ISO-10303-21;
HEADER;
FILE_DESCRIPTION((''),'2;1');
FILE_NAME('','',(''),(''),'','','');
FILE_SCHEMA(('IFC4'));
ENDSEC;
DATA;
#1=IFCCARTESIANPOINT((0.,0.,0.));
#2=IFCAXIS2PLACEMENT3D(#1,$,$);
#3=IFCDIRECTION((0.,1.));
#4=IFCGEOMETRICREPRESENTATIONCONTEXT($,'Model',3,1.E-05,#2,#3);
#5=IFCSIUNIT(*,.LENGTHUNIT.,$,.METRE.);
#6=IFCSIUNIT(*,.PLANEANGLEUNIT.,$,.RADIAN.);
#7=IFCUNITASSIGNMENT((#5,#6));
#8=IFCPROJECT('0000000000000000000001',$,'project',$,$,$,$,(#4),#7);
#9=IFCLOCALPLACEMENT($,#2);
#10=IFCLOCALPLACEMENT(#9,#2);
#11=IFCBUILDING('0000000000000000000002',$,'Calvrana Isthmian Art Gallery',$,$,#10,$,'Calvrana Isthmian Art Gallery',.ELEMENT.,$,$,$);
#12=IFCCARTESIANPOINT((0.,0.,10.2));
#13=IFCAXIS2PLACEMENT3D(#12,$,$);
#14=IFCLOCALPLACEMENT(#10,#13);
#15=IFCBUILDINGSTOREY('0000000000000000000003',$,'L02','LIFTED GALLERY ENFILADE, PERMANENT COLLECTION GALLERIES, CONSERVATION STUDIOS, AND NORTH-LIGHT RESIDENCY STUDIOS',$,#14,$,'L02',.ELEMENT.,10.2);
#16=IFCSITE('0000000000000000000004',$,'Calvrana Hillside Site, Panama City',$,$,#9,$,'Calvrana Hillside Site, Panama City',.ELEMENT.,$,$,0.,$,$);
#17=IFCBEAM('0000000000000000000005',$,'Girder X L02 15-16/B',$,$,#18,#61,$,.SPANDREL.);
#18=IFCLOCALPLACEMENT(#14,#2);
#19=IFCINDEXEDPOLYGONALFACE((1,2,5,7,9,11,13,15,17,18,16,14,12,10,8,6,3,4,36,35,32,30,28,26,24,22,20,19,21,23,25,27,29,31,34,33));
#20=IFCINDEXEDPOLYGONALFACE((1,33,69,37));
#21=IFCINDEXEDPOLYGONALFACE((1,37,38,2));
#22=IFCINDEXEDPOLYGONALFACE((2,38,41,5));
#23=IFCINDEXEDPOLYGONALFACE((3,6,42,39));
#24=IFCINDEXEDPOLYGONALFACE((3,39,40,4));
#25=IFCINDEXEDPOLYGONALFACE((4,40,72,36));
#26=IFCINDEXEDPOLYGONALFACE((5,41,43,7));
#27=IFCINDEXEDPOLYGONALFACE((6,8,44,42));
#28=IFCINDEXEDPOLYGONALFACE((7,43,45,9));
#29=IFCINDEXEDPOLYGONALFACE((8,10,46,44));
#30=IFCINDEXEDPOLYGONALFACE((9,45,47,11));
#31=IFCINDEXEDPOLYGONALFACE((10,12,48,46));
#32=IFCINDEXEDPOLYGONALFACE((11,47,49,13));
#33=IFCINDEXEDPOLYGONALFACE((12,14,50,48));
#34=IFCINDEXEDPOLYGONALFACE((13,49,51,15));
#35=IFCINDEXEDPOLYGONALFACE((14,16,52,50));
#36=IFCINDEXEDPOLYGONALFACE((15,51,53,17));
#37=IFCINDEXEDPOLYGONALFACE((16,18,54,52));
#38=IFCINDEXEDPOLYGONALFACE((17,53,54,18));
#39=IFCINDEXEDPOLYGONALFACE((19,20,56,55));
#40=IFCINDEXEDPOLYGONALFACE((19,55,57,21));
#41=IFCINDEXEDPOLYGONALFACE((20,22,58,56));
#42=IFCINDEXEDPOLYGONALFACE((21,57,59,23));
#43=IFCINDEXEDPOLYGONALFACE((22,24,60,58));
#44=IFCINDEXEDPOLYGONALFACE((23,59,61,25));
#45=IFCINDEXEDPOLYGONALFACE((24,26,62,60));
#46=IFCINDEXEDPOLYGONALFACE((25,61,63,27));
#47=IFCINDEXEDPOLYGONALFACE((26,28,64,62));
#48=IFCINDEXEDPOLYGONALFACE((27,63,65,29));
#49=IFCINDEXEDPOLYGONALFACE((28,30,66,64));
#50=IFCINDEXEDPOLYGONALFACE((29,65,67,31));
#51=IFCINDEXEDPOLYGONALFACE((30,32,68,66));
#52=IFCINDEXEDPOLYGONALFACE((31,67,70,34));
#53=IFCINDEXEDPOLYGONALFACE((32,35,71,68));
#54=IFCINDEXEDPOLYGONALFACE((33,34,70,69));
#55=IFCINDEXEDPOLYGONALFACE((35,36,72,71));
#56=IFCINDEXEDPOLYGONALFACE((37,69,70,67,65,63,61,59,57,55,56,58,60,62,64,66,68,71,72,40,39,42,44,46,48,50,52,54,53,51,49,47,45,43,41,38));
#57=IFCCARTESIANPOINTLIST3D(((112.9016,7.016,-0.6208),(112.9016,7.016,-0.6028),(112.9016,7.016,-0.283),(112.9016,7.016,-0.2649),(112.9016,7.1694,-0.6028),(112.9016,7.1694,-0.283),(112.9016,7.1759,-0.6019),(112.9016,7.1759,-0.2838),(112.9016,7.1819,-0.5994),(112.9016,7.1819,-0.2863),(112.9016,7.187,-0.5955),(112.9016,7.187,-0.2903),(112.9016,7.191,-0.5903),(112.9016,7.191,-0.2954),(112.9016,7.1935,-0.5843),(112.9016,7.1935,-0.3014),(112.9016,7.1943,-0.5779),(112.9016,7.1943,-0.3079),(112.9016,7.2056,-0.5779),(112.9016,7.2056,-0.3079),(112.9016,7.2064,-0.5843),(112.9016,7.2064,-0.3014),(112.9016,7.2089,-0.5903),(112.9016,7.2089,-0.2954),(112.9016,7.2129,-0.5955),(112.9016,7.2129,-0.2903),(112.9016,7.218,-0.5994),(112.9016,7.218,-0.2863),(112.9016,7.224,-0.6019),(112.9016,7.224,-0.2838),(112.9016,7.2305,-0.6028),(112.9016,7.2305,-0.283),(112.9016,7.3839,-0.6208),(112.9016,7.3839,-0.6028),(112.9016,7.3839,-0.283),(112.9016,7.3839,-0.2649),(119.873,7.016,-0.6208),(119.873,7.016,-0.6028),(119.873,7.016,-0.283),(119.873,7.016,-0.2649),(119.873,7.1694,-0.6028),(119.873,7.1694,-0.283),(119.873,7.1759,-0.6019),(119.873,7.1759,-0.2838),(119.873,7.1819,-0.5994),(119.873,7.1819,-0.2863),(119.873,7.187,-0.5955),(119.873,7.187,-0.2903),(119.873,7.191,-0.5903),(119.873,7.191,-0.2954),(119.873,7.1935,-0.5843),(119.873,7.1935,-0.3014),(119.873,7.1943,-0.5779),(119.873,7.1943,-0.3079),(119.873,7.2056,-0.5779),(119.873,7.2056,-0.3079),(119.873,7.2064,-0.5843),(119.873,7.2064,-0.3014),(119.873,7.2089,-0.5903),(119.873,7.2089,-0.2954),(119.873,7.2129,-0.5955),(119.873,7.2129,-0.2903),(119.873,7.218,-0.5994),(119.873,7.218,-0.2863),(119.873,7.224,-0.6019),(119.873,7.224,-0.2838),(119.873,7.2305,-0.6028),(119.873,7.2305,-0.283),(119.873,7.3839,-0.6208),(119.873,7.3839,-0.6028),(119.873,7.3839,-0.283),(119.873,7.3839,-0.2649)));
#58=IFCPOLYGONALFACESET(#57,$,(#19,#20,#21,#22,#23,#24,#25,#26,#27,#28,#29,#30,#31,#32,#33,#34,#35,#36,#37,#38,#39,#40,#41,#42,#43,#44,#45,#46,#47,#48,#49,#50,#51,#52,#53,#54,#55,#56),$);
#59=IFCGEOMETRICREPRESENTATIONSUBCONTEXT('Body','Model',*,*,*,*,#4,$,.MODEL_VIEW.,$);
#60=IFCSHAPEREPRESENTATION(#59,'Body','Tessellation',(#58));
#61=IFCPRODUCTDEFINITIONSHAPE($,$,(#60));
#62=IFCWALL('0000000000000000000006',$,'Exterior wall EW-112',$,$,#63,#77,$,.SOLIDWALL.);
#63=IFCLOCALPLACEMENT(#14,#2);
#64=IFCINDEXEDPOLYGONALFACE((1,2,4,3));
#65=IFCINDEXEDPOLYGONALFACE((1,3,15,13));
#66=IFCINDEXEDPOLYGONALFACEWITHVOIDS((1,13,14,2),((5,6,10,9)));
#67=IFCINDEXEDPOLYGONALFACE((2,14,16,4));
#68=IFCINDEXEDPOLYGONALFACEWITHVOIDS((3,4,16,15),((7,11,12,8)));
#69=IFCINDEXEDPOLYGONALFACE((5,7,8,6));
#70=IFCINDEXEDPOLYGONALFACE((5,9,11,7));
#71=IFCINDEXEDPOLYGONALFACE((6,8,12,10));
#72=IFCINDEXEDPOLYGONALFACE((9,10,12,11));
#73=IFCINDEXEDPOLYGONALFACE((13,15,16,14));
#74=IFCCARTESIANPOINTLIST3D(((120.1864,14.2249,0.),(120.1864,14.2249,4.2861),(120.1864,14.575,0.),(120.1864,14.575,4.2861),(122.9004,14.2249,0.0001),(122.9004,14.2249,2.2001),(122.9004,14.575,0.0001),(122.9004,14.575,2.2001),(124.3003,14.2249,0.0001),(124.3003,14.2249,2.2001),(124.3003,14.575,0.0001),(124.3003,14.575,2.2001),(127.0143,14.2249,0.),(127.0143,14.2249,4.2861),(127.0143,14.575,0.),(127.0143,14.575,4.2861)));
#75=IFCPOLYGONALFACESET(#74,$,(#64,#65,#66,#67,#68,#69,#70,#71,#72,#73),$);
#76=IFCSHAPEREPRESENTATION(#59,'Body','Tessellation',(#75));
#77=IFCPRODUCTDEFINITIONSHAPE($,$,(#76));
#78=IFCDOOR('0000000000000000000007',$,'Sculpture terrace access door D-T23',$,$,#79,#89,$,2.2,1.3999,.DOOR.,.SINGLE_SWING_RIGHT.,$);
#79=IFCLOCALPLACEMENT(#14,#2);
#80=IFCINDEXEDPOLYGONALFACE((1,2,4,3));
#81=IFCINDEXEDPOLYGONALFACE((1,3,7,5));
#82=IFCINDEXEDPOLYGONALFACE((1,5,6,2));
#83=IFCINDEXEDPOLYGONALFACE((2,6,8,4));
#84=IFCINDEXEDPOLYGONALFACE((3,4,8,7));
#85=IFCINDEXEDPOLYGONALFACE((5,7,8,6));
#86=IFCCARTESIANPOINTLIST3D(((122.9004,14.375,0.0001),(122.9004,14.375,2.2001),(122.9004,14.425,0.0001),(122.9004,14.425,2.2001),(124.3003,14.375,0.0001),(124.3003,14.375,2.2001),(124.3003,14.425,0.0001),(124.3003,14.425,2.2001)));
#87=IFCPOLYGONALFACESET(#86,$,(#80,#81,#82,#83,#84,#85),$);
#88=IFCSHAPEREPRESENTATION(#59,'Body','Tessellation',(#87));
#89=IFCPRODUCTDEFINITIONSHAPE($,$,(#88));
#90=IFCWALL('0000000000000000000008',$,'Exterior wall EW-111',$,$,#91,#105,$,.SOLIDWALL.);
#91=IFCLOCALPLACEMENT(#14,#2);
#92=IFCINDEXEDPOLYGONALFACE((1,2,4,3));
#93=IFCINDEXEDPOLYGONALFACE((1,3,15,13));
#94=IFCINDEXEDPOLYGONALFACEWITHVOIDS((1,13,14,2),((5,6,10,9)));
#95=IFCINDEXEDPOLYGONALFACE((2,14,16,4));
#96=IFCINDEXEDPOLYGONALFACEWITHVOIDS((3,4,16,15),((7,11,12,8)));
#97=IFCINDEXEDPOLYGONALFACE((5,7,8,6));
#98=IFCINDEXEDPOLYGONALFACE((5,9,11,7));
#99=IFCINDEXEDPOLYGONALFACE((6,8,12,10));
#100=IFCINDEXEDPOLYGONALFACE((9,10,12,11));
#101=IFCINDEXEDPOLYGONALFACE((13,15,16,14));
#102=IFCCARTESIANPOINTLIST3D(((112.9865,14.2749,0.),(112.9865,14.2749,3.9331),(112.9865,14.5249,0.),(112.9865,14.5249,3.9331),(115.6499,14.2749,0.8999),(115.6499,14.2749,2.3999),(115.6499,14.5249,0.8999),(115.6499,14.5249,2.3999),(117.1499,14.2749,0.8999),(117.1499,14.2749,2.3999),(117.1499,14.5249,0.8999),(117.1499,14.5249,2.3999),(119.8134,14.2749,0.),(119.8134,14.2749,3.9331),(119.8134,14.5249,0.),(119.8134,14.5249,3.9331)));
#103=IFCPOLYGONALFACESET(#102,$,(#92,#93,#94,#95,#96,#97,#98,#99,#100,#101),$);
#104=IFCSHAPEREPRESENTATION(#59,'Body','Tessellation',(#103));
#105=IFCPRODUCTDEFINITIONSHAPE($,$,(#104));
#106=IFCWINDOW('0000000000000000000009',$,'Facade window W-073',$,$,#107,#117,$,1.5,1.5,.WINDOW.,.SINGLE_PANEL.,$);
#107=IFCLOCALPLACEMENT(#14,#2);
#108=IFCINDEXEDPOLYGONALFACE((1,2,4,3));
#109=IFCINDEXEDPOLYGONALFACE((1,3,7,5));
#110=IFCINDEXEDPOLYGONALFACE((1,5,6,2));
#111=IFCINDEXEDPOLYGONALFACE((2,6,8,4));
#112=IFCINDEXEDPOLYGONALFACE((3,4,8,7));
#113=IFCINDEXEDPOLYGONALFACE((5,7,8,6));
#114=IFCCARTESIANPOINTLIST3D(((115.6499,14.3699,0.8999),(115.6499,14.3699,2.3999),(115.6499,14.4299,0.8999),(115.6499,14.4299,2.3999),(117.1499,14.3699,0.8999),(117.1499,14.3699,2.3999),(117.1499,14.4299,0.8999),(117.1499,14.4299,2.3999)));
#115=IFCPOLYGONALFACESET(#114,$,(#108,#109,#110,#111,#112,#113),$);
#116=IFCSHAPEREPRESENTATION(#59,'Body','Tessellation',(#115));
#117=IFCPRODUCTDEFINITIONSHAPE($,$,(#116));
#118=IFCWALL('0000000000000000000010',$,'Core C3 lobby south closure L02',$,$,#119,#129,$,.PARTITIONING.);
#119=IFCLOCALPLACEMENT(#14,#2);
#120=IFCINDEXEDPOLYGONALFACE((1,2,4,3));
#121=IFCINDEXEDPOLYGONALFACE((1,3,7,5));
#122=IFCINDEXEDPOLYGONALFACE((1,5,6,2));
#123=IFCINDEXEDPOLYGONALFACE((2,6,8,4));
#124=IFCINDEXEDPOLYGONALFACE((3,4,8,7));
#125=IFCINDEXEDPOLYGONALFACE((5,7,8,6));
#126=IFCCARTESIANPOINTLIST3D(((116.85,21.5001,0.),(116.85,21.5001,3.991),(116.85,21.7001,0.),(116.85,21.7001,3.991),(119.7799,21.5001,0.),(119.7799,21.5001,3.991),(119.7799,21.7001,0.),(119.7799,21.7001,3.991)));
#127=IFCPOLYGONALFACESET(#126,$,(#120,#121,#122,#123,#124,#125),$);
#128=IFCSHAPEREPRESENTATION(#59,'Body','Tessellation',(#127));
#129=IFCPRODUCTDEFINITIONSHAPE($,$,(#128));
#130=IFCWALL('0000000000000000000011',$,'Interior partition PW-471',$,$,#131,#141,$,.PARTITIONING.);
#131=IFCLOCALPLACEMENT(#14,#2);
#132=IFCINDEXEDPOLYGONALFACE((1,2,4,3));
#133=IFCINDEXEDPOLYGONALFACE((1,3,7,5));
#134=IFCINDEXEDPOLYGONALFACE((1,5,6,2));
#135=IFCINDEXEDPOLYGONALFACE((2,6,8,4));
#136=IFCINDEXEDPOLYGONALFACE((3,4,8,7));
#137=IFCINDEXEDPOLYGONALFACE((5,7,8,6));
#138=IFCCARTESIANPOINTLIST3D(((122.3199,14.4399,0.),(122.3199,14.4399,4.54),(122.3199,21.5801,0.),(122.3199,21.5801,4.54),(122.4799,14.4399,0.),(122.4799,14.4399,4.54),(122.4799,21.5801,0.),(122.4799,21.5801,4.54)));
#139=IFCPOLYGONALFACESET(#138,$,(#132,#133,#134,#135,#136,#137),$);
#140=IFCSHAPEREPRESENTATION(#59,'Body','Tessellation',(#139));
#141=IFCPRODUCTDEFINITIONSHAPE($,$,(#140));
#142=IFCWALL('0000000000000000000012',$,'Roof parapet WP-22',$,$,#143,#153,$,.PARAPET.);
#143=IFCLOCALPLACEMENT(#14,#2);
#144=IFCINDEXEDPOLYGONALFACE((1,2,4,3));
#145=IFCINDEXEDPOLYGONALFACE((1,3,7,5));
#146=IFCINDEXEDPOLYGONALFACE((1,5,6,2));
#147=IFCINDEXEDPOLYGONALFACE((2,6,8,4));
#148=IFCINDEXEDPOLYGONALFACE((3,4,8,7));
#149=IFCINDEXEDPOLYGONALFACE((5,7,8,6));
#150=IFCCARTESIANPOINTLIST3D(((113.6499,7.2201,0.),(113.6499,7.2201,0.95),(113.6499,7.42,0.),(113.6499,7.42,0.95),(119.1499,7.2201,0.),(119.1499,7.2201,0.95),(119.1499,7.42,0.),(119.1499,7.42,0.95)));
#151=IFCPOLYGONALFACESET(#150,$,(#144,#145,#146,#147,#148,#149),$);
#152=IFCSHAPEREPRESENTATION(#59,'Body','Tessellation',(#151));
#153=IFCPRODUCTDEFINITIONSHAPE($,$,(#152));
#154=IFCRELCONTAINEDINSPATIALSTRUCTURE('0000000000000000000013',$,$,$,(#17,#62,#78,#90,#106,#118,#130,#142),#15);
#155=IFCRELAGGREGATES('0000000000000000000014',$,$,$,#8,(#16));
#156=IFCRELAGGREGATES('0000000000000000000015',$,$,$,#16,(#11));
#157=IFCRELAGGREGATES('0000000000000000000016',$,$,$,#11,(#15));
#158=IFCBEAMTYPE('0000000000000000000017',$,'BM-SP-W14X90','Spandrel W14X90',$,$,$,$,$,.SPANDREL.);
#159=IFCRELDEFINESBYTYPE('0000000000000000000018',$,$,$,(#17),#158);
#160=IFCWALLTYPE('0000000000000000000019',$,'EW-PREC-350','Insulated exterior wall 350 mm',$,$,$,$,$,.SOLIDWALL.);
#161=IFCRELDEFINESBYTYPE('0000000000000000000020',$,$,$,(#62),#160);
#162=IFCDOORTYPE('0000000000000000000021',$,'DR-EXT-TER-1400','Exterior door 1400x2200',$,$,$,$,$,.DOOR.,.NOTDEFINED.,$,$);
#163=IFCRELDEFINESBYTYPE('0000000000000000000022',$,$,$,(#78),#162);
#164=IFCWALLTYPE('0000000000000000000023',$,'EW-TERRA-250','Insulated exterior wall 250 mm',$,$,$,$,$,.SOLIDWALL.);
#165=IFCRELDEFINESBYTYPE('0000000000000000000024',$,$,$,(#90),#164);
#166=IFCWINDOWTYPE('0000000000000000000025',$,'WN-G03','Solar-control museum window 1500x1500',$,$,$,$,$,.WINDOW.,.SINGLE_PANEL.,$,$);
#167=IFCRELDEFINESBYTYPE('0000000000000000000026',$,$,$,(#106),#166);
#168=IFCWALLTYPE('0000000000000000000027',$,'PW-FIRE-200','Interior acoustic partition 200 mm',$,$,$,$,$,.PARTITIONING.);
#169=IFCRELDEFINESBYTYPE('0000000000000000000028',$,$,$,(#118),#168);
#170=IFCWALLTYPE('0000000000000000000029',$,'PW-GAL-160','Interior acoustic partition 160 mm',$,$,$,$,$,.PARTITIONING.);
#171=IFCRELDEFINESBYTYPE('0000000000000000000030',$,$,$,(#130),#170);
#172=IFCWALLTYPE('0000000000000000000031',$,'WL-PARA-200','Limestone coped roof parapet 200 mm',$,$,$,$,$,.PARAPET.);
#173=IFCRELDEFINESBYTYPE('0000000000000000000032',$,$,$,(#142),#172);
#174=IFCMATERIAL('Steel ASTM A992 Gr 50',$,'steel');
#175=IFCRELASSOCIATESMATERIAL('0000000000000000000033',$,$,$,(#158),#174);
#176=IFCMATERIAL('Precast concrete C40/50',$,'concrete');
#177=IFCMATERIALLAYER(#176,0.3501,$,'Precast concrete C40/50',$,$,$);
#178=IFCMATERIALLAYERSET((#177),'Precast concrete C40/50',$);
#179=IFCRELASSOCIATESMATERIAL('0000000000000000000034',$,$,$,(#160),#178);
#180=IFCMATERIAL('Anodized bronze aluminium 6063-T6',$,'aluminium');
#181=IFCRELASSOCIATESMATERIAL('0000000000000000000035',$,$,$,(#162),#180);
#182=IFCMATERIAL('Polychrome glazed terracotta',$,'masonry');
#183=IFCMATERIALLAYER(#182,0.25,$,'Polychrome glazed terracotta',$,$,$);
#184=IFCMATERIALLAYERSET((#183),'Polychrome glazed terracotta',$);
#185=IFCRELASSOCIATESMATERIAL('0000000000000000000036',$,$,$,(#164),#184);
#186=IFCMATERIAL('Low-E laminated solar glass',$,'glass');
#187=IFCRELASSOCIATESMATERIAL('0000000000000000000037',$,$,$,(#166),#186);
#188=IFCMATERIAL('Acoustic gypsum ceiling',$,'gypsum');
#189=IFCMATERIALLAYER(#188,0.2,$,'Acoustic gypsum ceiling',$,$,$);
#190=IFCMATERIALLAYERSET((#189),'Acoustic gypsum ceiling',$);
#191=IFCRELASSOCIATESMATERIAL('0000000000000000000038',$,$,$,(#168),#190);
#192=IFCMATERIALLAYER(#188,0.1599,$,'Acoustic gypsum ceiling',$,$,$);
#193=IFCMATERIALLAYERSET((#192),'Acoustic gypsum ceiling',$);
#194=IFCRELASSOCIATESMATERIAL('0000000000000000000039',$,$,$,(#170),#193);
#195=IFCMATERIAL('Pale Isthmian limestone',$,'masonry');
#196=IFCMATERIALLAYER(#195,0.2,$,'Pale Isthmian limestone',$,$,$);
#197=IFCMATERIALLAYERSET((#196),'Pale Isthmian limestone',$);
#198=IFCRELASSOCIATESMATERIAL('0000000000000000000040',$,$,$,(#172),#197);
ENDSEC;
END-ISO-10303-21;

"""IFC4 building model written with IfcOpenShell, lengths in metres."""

from ifc_helpers import new_model, si_unit, direction, frame, frame_2d, origin, origin_2d, place, context, subcontext, project, spatial, rectangle, i_section, extrude, material, layer, layer_set, material_profile, profile_set, type_object, element, fill, save


model = new_model("IFC4")

# Units and contexts
model_context = context("Model", 3, precision=1e-05, world=origin(), true_north=direction((0.0, 1.0)))
body_context = subcontext(model_context, "Body", "Model", "MODEL_VIEW")
ifc_project = project(units=[si_unit("LENGTHUNIT", "METRE"), si_unit("PLANEANGLEUNIT", "RADIAN")], contexts=[model_context])

# Site, building, storey
site_placement = place(None, origin())
site = spatial("IfcSite", under=ifc_project, at=site_placement, Name="Calvrana Hillside Site, Panama City", LongName="Calvrana Hillside Site, Panama City", CompositionType="ELEMENT", RefElevation=0.0)
building_placement = place(site_placement, origin())
building = spatial("IfcBuilding", under=site, at=building_placement, Name="Calvrana Isthmian Art Gallery", LongName="Calvrana Isthmian Art Gallery", CompositionType="ELEMENT")
storey_placement = place(building_placement, frame((0.0, 0.0, 10.2)))
storey = spatial("IfcBuildingStorey", under=building, at=storey_placement, Name="L02", Description="LIFTED GALLERY ENFILADE, PERMANENT COLLECTION GALLERIES, CONSERVATION STUDIOS, AND NORTH-LIGHT RESIDENCY STUDIOS", LongName="L02", CompositionType="ELEMENT", Elevation=10.2)

# Shared definitions
ifc_material_1 = material(Name="Steel ASTM A992 Gr 50", Category="steel")

# Beam
ifc_material_profile_1 = material_profile(ifc_material_1, i_section(OverallWidth=0.3679, OverallDepth=0.356, WebThickness=0.0112, FlangeThickness=0.0181, FilletRadius=0.0249, at=origin_2d()), Name="W14X90")
ifc_profile_set_1 = profile_set([ifc_material_profile_1], Name="Steel ASTM A992 Gr 50")
beam_type_1 = type_object("IfcBeamType", Name="BM-SP-W14X90", Description="Spandrel W14X90", PredefinedType="SPANDREL", material=ifc_profile_set_1)
beam_1_placement = place(storey_placement, frame((112.9016, 7.2, -0.4429), z_axis=(1.0, 0.0, 0.0), x_axis=(0.0, 1.0, 0.0)))
element("IfcBeam", 1, at=beam_1_placement, inside=storey, type_object=beam_type_1, Name="Girder X L02 15-16/B", PredefinedType="SPANDREL", context=body_context, shape_type="SweptSolid", body=[
    extrude(i_section(OverallWidth=0.3679, OverallDepth=0.356, WebThickness=0.0112, FlangeThickness=0.0181, FilletRadius=0.0249, at=origin_2d()), origin(), (0.0, 0.0, 1.0), 6.9714),
])

# Wall, opening, door
ifc_material_2 = material(Name="Precast concrete C40/50", Category="concrete")
ifc_layer_1 = layer(ifc_material_2, 0.3501, Name="Precast concrete C40/50")
ifc_layer_set_1 = layer_set([ifc_layer_1], Name="Precast concrete C40/50")
wall_type_1 = type_object("IfcWallType", Name="EW-PREC-350", Description="Insulated exterior wall 350 mm", PredefinedType="SOLIDWALL", material=ifc_layer_set_1)
wall_1_placement = place(storey_placement, frame((127.0144, 14.3999, 0.0), z_axis=(0.0, 0.0, 1.0), x_axis=(-1.0, 0.0, 0.0)))
wall_1 = element("IfcWall", 2, at=wall_1_placement, inside=storey, type_object=wall_type_1, Name="Exterior wall EW-112", PredefinedType="SOLIDWALL", context=body_context, shape_type="SweptSolid", body=[
    extrude(rectangle(XDim=6.8279, YDim=0.3501, at=frame_2d((3.4141, 0.0))), origin(), (0.0, 0.0, 1.0), 4.2861),
])
opening_1_placement = place(wall_1_placement, frame((2.7141, 0.0, 0.0)))
opening_1 = element("IfcOpeningElement", 3, at=opening_1_placement, cuts=wall_1, PredefinedType="OPENING", context=body_context, shape_type="SweptSolid", body=[
    extrude(rectangle(XDim=1.3999, YDim=2.2, at=frame_2d((0.7, 1.1001))), frame((0.0, 0.1853, 0.0), z_axis=(0.0, -1.0, 0.0), x_axis=(1.0, 0.0, 0.0)), (0.0, 0.0, 1.0), 0.3706),
])
ifc_material_3 = material(Name="Anodized bronze aluminium 6063-T6", Category="aluminium")
door_type = type_object("IfcDoorType", Name="DR-EXT-TER-1400", Description="Exterior door 1400x2200", OperationType="NOTDEFINED", PredefinedType="DOOR", material=ifc_material_3)
door_placement = place(opening_1_placement, origin())
door = element("IfcDoor", 4, at=door_placement, inside=storey, type_object=door_type, Name="Sculpture terrace access door D-T23", OperationType="SINGLE_SWING_RIGHT", OverallHeight=2.2, OverallWidth=1.3999, PredefinedType="DOOR", context=body_context, shape_type="SweptSolid", body=[
    extrude(rectangle(XDim=1.3999, YDim=2.2, at=frame_2d((0.7, 1.1001))), frame((0.0, 0.0249, 0.0), z_axis=(0.0, -1.0, 0.0), x_axis=(1.0, 0.0, 0.0)), (0.0, 0.0, 1.0), 0.05),
])
fill(opening_1, door)

# Wall, opening, window
ifc_material_4 = material(Name="Polychrome glazed terracotta", Category="masonry")
ifc_layer_2 = layer(ifc_material_4, 0.25, Name="Polychrome glazed terracotta")
ifc_layer_set_2 = layer_set([ifc_layer_2], Name="Polychrome glazed terracotta")
wall_type_2 = type_object("IfcWallType", Name="EW-TERRA-250", Description="Insulated exterior wall 250 mm", PredefinedType="SOLIDWALL", material=ifc_layer_set_2)
wall_2_placement = place(storey_placement, frame((119.8135, 14.3999, 0.0), z_axis=(0.0, 0.0, 1.0), x_axis=(-1.0, 0.0, 0.0)))
wall_2 = element("IfcWall", 5, at=wall_2_placement, inside=storey, type_object=wall_type_2, Name="Exterior wall EW-111", PredefinedType="SOLIDWALL", context=body_context, shape_type="SweptSolid", body=[
    extrude(rectangle(XDim=6.8269, YDim=0.25, at=frame_2d((3.4136, 0.0))), origin(), (0.0, 0.0, 1.0), 3.9331),
])
opening_2_placement = place(wall_2_placement, frame((2.6636, 0.0, 0.8999)))
opening_2 = element("IfcOpeningElement", 6, at=opening_2_placement, cuts=wall_2, PredefinedType="OPENING", context=body_context, shape_type="SweptSolid", body=[
    extrude(rectangle(XDim=1.5, YDim=1.5, at=frame_2d((0.75, 0.75))), frame((0.0, 0.1353, 0.0), z_axis=(0.0, -1.0, 0.0), x_axis=(1.0, 0.0, 0.0)), (0.0, 0.0, 1.0), 0.2705),
])
ifc_material_5 = material(Name="Low-E laminated solar glass", Category="glass")
window_type = type_object("IfcWindowType", Name="WN-G03", Description="Solar-control museum window 1500x1500", PartitioningType="SINGLE_PANEL", PredefinedType="WINDOW", material=ifc_material_5)
window_placement = place(opening_2_placement, origin())
window = element("IfcWindow", 7, at=window_placement, inside=storey, type_object=window_type, Name="Facade window W-073", OverallHeight=1.5, OverallWidth=1.5, PartitioningType="SINGLE_PANEL", PredefinedType="WINDOW", context=body_context, shape_type="SweptSolid", body=[
    extrude(rectangle(XDim=1.5, YDim=1.5, at=frame_2d((0.75, 0.75))), frame((0.0, 0.03, 0.0), z_axis=(0.0, -1.0, 0.0), x_axis=(1.0, 0.0, 0.0)), (0.0, 0.0, 1.0), 0.0601),
])
fill(opening_2, window)

# Walls
ifc_material_6 = material(Name="Acoustic gypsum ceiling", Category="gypsum")
ifc_layer_3 = layer(ifc_material_6, 0.2, Name="Acoustic gypsum ceiling")
ifc_layer_set_3 = layer_set([ifc_layer_3], Name="Acoustic gypsum ceiling")
wall_type_3 = type_object("IfcWallType", Name="PW-FIRE-200", Description="Interior acoustic partition 200 mm", PredefinedType="PARTITIONING", material=ifc_layer_set_3)
wall_3_placement = place(storey_placement, frame((116.8501, 21.6001, 0.0), z_axis=(0.0, 0.0, 1.0), x_axis=(1.0, 0.0, 0.0)))
element("IfcWall", 8, at=wall_3_placement, inside=storey, type_object=wall_type_3, Name="Core C3 lobby south closure L02", PredefinedType="PARTITIONING", context=body_context, shape_type="SweptSolid", body=[
    extrude(rectangle(XDim=2.9299, YDim=0.2, at=frame_2d((1.4648, 0.0))), origin(), (0.0, 0.0, 1.0), 3.991),
])
ifc_layer_4 = layer(ifc_material_6, 0.1599, Name="Acoustic gypsum ceiling")
ifc_layer_set_4 = layer_set([ifc_layer_4], Name="Acoustic gypsum ceiling")
wall_type_4 = type_object("IfcWallType", Name="PW-GAL-160", Description="Interior acoustic partition 160 mm", PredefinedType="PARTITIONING", material=ifc_layer_set_4)
wall_4_placement = place(storey_placement, frame((122.3999, 14.4399, 0.0), z_axis=(0.0, 0.0, 1.0), x_axis=(0.0, 1.0, 0.0)))
element("IfcWall", 9, at=wall_4_placement, inside=storey, type_object=wall_type_4, Name="Interior partition PW-471", PredefinedType="PARTITIONING", context=body_context, shape_type="SweptSolid", body=[
    extrude(rectangle(XDim=7.1401, YDim=0.1599, at=frame_2d((3.5701, 0.0))), origin(), (0.0, 0.0, 1.0), 4.54),
])
ifc_material_7 = material(Name="Pale Isthmian limestone", Category="masonry")
ifc_layer_5 = layer(ifc_material_7, 0.2, Name="Pale Isthmian limestone")
ifc_layer_set_5 = layer_set([ifc_layer_5], Name="Pale Isthmian limestone")
wall_type_5 = type_object("IfcWallType", Name="WL-PARA-200", Description="Limestone coped roof parapet 200 mm", PredefinedType="PARAPET", material=ifc_layer_set_5)
wall_5_placement = place(storey_placement, frame((113.6499, 7.3201, 0.0), z_axis=(0.0, 0.0, 1.0), x_axis=(1.0, 0.0, 0.0)))
element("IfcWall", 10, at=wall_5_placement, inside=storey, type_object=wall_type_5, Name="Roof parapet WP-22", PredefinedType="PARAPET", context=body_context, shape_type="SweptSolid", body=[
    extrude(rectangle(XDim=5.5, YDim=0.2, at=frame_2d((2.75, 0.0))), origin(), (0.0, 0.0, 1.0), 0.95),
])

save(model, "model.ifc")
